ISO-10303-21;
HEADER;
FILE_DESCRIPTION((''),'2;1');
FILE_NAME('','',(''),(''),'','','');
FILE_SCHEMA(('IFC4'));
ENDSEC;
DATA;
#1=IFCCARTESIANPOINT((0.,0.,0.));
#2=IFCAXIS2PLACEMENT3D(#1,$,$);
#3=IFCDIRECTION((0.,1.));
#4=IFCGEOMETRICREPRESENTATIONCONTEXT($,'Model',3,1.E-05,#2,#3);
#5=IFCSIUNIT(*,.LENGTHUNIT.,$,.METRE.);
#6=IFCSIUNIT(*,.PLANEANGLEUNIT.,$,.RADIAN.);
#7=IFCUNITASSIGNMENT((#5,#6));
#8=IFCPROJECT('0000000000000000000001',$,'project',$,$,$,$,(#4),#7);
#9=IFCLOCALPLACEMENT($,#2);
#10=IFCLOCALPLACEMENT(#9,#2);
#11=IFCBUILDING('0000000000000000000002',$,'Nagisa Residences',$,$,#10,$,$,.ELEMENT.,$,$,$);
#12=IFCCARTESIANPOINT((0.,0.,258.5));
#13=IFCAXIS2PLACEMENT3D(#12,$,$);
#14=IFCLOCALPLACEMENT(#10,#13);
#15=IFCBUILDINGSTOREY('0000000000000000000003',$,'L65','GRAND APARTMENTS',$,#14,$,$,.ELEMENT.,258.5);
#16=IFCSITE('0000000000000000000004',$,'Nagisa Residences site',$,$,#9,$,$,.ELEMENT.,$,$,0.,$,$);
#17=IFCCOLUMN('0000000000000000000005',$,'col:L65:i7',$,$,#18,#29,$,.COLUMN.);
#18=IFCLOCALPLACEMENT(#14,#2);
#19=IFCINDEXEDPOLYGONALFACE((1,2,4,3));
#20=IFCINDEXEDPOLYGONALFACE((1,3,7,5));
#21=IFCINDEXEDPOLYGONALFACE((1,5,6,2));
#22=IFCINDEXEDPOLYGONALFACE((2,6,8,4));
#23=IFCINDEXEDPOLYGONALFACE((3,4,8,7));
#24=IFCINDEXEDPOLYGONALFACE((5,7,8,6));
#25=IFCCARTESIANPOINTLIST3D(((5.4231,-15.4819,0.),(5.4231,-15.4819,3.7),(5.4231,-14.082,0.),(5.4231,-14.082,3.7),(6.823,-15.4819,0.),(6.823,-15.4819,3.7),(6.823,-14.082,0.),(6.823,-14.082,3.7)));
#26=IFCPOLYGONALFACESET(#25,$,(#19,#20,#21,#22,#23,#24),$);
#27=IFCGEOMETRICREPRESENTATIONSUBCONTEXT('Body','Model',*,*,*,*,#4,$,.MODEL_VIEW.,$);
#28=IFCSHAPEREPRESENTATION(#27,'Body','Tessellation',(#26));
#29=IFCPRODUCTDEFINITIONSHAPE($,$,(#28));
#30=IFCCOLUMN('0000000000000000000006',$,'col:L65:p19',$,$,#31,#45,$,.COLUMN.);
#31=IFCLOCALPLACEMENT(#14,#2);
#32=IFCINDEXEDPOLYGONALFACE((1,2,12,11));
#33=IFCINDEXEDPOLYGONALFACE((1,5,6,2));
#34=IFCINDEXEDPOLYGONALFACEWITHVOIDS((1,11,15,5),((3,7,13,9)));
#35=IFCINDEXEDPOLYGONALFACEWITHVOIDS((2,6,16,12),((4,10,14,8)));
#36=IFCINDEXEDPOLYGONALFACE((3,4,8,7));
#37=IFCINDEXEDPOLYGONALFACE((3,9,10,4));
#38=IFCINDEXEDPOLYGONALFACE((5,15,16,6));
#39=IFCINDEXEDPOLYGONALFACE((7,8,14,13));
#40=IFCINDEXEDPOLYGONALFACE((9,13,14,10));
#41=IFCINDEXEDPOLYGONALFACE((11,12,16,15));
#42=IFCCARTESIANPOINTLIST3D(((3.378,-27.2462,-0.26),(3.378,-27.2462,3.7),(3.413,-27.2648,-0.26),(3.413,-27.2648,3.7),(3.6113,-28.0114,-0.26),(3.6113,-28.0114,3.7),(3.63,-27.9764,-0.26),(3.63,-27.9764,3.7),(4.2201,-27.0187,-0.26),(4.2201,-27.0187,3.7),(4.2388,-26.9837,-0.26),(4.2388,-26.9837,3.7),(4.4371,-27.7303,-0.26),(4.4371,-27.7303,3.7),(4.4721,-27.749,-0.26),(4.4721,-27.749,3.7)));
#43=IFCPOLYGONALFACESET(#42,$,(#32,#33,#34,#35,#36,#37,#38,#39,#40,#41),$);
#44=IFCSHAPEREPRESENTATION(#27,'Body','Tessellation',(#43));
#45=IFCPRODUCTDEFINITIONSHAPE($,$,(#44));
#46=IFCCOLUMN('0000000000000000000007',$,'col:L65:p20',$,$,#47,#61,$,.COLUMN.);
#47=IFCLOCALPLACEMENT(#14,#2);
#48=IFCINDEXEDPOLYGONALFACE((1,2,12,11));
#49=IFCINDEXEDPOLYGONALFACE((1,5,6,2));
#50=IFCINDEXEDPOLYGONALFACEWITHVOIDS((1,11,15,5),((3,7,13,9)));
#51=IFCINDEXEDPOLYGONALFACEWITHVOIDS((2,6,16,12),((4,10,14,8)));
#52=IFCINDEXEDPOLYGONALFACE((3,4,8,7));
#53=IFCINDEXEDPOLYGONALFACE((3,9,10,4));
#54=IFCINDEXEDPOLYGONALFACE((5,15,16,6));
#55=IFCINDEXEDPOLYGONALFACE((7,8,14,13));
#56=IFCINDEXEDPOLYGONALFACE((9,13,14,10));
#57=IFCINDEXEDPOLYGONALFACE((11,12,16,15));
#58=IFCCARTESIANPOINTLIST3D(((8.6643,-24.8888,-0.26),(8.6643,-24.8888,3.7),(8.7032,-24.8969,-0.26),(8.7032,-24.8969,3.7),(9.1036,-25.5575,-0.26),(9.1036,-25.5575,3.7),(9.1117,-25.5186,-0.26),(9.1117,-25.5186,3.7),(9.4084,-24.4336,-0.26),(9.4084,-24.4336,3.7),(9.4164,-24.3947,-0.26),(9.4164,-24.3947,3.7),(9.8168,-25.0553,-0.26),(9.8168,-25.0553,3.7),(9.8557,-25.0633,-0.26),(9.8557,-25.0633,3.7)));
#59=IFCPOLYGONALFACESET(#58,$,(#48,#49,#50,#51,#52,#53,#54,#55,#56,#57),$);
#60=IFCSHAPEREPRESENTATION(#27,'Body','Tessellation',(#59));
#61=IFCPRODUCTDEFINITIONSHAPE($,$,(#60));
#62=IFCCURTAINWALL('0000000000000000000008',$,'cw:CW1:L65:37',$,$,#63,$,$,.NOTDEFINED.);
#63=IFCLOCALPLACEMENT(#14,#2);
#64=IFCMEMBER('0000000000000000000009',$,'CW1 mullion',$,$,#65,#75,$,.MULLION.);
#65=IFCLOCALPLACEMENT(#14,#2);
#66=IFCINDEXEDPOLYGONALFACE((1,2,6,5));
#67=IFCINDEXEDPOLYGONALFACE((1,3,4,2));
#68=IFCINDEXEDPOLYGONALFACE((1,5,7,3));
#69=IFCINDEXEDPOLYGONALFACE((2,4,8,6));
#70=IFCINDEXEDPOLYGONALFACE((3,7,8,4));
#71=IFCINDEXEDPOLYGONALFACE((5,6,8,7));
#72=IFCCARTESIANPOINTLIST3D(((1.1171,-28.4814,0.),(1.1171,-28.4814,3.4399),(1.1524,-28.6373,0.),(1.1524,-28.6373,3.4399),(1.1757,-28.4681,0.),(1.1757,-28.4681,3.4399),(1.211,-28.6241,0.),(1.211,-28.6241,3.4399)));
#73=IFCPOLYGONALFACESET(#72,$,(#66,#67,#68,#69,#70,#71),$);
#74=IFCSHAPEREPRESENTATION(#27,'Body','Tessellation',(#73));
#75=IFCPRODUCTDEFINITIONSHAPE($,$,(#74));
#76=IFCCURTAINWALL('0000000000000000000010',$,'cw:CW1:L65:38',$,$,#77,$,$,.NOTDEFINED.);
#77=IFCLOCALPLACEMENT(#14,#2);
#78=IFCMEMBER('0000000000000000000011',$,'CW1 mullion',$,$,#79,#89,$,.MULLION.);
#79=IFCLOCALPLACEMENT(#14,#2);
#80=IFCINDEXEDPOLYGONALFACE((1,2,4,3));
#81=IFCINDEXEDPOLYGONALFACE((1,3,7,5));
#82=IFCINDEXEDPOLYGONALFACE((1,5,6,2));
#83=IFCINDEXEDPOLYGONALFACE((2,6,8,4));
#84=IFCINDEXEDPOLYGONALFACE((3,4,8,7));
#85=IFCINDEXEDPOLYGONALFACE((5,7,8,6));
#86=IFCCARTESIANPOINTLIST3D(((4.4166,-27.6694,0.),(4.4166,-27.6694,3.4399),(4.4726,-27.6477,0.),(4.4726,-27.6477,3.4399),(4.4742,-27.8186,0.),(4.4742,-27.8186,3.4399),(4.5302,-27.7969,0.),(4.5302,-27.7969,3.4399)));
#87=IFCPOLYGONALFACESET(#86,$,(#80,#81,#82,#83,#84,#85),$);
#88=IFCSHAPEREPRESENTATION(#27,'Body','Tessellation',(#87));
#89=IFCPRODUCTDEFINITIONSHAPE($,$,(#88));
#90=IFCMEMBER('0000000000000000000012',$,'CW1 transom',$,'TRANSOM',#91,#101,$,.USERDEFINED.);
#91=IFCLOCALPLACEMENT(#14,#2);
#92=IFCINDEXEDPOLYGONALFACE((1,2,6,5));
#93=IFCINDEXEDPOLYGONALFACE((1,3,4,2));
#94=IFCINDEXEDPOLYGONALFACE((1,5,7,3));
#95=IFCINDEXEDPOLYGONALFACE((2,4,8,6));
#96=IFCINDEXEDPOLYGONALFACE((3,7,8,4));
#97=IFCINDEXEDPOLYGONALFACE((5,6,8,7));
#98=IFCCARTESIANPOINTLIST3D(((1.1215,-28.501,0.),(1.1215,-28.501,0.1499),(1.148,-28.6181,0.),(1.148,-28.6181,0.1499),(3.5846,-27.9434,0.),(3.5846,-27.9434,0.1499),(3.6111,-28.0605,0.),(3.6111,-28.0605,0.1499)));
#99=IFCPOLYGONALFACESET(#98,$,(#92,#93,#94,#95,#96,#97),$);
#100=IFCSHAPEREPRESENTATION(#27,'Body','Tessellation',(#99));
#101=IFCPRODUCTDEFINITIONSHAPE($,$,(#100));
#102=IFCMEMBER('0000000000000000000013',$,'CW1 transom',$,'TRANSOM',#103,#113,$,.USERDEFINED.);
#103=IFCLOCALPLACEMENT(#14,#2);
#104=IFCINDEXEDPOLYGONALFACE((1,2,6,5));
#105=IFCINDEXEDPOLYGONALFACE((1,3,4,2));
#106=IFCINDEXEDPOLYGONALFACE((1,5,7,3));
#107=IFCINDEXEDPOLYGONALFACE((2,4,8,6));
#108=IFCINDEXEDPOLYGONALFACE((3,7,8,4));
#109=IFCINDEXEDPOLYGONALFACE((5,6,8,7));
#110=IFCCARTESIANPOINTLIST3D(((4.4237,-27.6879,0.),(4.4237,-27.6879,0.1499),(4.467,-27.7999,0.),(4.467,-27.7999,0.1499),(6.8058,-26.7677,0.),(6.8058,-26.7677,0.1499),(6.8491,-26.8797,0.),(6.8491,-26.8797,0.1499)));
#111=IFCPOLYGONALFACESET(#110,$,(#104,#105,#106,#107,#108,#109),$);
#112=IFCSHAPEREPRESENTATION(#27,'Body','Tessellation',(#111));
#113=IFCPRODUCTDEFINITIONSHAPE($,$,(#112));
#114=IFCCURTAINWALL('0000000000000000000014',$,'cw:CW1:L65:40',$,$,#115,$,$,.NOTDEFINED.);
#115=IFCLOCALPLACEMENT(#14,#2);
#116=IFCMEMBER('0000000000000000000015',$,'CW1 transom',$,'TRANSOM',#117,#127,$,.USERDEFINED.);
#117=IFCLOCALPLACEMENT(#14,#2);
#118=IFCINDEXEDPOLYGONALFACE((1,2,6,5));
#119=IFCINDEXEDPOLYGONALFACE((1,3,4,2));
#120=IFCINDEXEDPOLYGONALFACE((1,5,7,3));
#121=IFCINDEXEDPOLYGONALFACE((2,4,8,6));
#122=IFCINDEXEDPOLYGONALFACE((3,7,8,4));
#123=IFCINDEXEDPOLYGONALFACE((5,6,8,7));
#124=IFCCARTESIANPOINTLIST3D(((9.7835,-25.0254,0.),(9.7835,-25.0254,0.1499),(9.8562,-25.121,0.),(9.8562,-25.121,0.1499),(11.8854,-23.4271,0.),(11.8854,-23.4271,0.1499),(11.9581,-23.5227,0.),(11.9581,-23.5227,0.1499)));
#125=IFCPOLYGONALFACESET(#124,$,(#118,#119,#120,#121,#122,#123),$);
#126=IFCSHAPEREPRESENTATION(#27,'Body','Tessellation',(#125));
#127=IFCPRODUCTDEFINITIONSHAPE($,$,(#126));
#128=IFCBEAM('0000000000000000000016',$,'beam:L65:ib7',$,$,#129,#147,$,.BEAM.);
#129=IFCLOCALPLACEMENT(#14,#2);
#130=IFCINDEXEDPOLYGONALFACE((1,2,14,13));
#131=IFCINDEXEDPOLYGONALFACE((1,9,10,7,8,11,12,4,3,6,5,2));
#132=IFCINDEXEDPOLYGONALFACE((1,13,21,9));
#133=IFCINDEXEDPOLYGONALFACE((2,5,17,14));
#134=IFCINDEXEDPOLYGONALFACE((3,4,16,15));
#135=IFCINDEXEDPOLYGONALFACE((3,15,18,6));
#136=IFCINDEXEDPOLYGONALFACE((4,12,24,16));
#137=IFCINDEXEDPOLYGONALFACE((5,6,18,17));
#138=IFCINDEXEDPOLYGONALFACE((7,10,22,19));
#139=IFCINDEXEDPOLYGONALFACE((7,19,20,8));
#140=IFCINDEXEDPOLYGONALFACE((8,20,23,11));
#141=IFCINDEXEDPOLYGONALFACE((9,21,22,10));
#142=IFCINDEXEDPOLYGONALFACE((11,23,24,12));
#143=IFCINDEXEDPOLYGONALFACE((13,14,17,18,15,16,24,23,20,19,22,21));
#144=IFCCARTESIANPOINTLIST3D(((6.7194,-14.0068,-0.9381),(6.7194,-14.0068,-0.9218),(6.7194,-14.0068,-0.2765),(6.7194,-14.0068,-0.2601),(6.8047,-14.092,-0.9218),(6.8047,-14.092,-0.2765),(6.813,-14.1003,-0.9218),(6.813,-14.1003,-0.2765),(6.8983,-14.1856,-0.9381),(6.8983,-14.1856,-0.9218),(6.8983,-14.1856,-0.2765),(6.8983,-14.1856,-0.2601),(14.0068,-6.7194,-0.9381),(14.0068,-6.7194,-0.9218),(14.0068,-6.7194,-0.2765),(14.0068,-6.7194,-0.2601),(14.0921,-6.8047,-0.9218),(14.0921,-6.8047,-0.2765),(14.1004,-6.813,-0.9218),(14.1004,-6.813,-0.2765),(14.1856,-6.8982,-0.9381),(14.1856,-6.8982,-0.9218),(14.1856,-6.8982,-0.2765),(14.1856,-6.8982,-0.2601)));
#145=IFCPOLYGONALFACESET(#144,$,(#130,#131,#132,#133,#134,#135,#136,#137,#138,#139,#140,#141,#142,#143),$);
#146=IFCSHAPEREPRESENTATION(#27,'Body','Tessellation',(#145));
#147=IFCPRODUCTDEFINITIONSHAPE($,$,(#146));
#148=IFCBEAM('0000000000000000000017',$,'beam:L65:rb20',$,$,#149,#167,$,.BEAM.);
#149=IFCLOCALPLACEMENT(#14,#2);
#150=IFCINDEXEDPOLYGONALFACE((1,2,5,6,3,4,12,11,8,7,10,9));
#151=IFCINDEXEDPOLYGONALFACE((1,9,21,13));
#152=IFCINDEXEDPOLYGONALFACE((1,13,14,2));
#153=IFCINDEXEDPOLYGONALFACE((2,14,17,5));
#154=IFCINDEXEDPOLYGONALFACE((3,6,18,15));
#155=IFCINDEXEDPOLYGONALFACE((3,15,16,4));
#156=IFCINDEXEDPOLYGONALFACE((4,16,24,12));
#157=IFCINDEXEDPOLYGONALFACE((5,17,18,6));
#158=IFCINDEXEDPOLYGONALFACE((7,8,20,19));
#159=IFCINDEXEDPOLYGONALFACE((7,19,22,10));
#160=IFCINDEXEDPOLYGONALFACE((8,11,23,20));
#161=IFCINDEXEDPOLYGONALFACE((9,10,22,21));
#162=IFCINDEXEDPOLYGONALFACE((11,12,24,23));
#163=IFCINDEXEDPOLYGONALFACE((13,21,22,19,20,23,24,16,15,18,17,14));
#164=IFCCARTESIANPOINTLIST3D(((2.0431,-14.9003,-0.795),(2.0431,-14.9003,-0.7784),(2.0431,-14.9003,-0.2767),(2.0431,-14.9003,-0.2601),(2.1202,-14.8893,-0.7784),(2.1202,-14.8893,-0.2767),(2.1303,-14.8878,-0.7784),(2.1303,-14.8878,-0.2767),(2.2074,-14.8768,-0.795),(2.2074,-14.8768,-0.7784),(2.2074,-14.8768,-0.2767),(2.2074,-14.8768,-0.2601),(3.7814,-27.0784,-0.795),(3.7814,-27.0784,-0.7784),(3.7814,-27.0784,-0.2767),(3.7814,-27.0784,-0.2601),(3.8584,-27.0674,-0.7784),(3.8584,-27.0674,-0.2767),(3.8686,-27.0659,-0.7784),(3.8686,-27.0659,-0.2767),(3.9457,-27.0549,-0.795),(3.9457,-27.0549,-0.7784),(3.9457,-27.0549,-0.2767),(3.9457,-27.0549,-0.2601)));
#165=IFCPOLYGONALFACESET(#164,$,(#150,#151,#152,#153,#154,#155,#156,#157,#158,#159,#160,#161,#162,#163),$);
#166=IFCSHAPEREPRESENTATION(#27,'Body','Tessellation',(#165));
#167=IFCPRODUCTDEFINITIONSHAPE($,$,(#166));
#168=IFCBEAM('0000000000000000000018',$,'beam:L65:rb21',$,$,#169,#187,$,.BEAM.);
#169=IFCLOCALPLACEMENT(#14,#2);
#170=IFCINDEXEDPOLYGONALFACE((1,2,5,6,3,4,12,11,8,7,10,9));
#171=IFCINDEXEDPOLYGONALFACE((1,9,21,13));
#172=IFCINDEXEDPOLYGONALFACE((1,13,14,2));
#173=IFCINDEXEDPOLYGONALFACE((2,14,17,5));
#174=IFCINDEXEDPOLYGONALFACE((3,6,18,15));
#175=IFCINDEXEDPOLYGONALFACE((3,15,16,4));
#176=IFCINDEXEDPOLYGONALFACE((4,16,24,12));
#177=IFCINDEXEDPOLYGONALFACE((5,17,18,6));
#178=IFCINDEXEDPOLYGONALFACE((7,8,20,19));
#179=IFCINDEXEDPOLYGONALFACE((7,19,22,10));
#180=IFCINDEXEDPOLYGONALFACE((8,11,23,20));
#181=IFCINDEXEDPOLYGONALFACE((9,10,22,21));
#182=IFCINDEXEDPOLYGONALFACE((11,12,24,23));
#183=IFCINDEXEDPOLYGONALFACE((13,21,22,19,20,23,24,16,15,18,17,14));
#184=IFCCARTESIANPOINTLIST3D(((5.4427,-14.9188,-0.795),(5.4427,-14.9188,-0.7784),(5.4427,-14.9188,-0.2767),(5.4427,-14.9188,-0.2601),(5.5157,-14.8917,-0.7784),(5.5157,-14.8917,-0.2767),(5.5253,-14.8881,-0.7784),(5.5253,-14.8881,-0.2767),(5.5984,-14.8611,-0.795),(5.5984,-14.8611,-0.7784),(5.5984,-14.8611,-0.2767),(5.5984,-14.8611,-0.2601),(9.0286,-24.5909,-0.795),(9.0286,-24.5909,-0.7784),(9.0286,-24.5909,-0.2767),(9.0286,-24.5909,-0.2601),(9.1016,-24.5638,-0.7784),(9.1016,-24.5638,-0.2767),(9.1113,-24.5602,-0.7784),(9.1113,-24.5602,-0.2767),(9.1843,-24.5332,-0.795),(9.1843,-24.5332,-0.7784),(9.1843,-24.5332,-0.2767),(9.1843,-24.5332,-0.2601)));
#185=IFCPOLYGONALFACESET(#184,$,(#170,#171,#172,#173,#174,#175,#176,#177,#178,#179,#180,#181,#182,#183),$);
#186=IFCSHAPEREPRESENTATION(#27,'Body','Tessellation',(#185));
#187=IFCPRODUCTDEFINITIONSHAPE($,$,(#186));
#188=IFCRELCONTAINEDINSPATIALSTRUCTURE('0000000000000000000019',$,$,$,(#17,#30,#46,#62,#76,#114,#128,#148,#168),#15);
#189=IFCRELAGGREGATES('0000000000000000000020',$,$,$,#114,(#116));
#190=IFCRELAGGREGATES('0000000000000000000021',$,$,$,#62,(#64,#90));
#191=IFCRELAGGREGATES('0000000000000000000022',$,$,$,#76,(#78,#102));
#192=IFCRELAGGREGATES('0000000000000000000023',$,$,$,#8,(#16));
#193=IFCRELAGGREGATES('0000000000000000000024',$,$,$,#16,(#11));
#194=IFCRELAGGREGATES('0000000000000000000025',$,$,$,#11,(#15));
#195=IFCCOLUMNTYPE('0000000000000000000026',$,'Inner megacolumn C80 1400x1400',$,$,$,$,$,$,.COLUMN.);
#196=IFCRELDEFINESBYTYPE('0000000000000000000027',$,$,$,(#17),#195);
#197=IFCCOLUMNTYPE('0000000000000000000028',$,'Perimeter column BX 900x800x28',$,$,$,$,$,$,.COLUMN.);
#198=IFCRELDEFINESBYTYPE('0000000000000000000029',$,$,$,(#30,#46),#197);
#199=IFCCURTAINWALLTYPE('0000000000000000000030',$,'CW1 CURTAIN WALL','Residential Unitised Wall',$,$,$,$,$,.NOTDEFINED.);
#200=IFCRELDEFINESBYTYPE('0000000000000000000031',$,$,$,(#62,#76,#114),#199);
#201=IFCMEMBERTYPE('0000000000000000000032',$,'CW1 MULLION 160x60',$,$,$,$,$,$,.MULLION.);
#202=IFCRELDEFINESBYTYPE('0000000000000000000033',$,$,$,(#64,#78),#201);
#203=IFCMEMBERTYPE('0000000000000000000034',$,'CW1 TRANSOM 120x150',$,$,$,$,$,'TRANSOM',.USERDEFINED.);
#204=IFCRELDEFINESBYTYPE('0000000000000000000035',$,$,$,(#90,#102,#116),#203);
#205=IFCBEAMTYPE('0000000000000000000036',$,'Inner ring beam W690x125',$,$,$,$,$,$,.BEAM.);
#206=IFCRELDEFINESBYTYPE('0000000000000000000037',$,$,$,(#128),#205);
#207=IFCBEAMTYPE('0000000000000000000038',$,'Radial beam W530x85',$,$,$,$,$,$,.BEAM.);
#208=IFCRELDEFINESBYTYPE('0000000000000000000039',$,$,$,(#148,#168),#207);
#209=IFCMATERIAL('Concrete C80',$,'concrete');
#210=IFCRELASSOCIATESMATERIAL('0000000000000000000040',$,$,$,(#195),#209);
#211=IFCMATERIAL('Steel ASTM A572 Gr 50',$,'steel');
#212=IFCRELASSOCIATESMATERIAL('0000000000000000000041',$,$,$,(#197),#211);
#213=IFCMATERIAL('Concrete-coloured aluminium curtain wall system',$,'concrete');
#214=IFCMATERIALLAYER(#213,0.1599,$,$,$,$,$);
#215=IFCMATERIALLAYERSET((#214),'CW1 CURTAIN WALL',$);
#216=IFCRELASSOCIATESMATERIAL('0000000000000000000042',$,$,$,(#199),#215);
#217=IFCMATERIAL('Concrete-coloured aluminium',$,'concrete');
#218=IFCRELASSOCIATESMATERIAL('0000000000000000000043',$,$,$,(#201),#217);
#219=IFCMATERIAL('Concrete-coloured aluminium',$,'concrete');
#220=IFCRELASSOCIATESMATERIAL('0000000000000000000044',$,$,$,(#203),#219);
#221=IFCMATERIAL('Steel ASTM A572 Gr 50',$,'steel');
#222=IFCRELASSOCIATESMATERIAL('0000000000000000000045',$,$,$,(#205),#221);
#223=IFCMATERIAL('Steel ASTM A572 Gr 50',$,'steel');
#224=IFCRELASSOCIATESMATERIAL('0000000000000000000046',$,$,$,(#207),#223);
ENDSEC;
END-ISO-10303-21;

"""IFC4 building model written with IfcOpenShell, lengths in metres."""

from ifc_helpers import new_model, si_unit, direction, frame, origin, origin_2d, place, context, subcontext, project, spatial, rectangle, hollow_rectangle, i_section, extrude, material, layer, layer_set, material_profile, profile_set, type_object, element, aggregate, save


model = new_model("IFC4")

# Units and contexts
model_context = context("Model", 3, precision=1e-05, world=origin(), true_north=direction((0.0, 1.0)))
body_context = subcontext(model_context, "Body", "Model", "MODEL_VIEW")
ifc_project = project(units=[si_unit("LENGTHUNIT", "METRE"), si_unit("PLANEANGLEUNIT", "RADIAN")], contexts=[model_context])

# Site, building, storey
site_placement = place(None, origin())
site = spatial("IfcSite", under=ifc_project, at=site_placement, Name="Nagisa Residences site", CompositionType="ELEMENT", RefElevation=0.0)
building_placement = place(site_placement, origin())
building = spatial("IfcBuilding", under=site, at=building_placement, Name="Nagisa Residences", CompositionType="ELEMENT")
storey_placement = place(building_placement, frame((0.0, 0.0, 258.5)))
storey = spatial("IfcBuildingStorey", under=building, at=storey_placement, Name="L65", Description="GRAND APARTMENTS", CompositionType="ELEMENT", Elevation=258.5)

# Columns
ifc_material_1 = material(Name="Concrete C80", Category="concrete")
ifc_material_profile_1 = material_profile(ifc_material_1, rectangle(XDim=1.3999, YDim=1.3999, at=origin_2d()), Name="C80 1400x1400")
ifc_profile_set_1 = profile_set([ifc_material_profile_1], Name="Concrete C80")
column_type_1 = type_object("IfcColumnType", Name="Inner megacolumn C80 1400x1400", PredefinedType="COLUMN", material=ifc_profile_set_1)
column_placement = place(storey_placement, frame((6.123, -14.782, 0.0), z_axis=(0.0, 0.0, 1.0), x_axis=(1.0, 0.0, 0.0)))
element("IfcColumn", 1, at=column_placement, inside=storey, type_object=column_type_1, Name="col:L65:i7", PredefinedType="COLUMN", context=body_context, shape_type="SweptSolid", body=[
    extrude(rectangle(XDim=1.3999, YDim=1.3999, at=origin_2d()), origin(), (0.0, 0.0, 1.0), 3.7),
])
ifc_material_2 = material(Name="Steel ASTM A572 Gr 50", Category="steel")
ifc_material_profile_2 = material_profile(ifc_material_2, hollow_rectangle(XDim=0.8999, YDim=0.8, WallThickness=0.0281, at=origin_2d()), Name="BX 900x800x28")
ifc_profile_set_2 = profile_set([ifc_material_profile_2], Name="Steel ASTM A572 Gr 50")
column_type_2 = type_object("IfcColumnType", Name="Perimeter column BX 900x800x28", PredefinedType="COLUMN", material=ifc_profile_set_2)
for number, where, z_axis, x_axis, name in (
    (2, (3.925, -27.4976, -0.26), (0.0, 0.0, 1.0), (0.956525, 0.291652, 0.0), "col:L65:p19"),
    (3, (9.26, -24.9761, -0.26), (0.0, 0.0, 1.0), (0.835766, 0.549086, 0.0), "col:L65:p20"),
):
    element("IfcColumn", number, at=place(storey_placement, frame(where, z_axis=z_axis, x_axis=x_axis)), inside=storey, type_object=column_type_2, Name=name, PredefinedType="COLUMN", context=body_context, shape_type="SweptSolid", body=[
        extrude(hollow_rectangle(XDim=0.8999, YDim=0.8, WallThickness=0.0281, at=origin_2d()), origin(), (0.0, 0.0, 1.0), 3.96),
    ])

# Curtain walls, members
ifc_material_3 = material(Name="Concrete-coloured aluminium curtain wall system", Category="concrete")
ifc_layer_1 = layer(ifc_material_3, 0.1599)
ifc_layer_set_1 = layer_set([ifc_layer_1], Name="CW1 CURTAIN WALL")
curtain_wall_type = type_object("IfcCurtainWallType", Name="CW1 CURTAIN WALL", Description="Residential Unitised Wall", PredefinedType="NOTDEFINED", material=ifc_layer_set_1)
curtain_wall_1_placement = place(storey_placement, origin())
curtain_wall_1 = element("IfcCurtainWall", 4, at=curtain_wall_1_placement, inside=storey, type_object=curtain_wall_type, Name="cw:CW1:L65:37", PredefinedType="NOTDEFINED")
ifc_material_4 = material(Name="Concrete-coloured aluminium", Category="concrete")
ifc_material_profile_3 = material_profile(ifc_material_4, rectangle(XDim=0.1599, YDim=0.0601, at=origin_2d()), Name="CW1 MULLION 160x60")
ifc_profile_set_3 = profile_set([ifc_material_profile_3], Name="Concrete-coloured aluminium")
member_type_1 = type_object("IfcMemberType", Name="CW1 MULLION 160x60", PredefinedType="MULLION", material=ifc_profile_set_3)
member_1_placement = place(storey_placement, frame((1.1641, -28.5527, 0.0), z_axis=(0.0, 0.0, 1.0), x_axis=(-0.220764, 0.975327, 0.0)))
member_1 = element("IfcMember", 5, at=member_1_placement, type_object=member_type_1, Name="CW1 mullion", PredefinedType="MULLION", context=body_context, shape_type="SweptSolid", body=[
    extrude(rectangle(XDim=0.1599, YDim=0.0601, at=origin_2d()), origin(), (0.0, 0.0, 1.0), 3.4399),
])
curtain_wall_2_placement = place(storey_placement, origin())
curtain_wall_2 = element("IfcCurtainWall", 6, at=curtain_wall_2_placement, inside=storey, type_object=curtain_wall_type, Name="cw:CW1:L65:38", PredefinedType="NOTDEFINED")
member_2_placement = place(storey_placement, frame((4.4734, -27.7332, 0.0), z_axis=(0.0, 0.0, 1.0), x_axis=(-0.360328, 0.932826, 0.0)))
member_2 = element("IfcMember", 7, at=member_2_placement, type_object=member_type_1, Name="CW1 mullion", PredefinedType="MULLION", context=body_context, shape_type="SweptSolid", body=[
    extrude(rectangle(XDim=0.1599, YDim=0.0601, at=origin_2d()), origin(), (0.0, 0.0, 1.0), 3.4399),
])

# Members
ifc_material_5 = material(Name="Concrete-coloured aluminium", Category="concrete")
ifc_material_profile_4 = material_profile(ifc_material_5, rectangle(XDim=0.1201, YDim=0.1499, at=origin_2d()), Name="CW1 TRANSOM 120x150")
ifc_profile_set_4 = profile_set([ifc_material_profile_4], Name="Concrete-coloured aluminium")
member_type_2 = type_object("IfcMemberType", Name="CW1 TRANSOM 120x150", ElementType="TRANSOM", PredefinedType="USERDEFINED", material=ifc_profile_set_4)
member_3_placement = place(storey_placement, frame((1.1348, -28.5596, 0.075), z_axis=(0.97532, 0.220798, 0.0), x_axis=(-0.220798, 0.97532, 0.0)))
member_3 = element("IfcMember", 8, at=member_3_placement, type_object=member_type_2, Name="CW1 transom", ObjectType="TRANSOM", PredefinedType="USERDEFINED", context=body_context, shape_type="SweptSolid", body=[
    extrude(rectangle(XDim=0.1201, YDim=0.1499, at=origin_2d()), origin(), (0.0, 0.0, 1.0), 2.5254),
])
member_4_placement = place(storey_placement, frame((4.4453, -27.7439, 0.075), z_axis=(0.932822, 0.360337, 0.0), x_axis=(-0.360337, 0.932822, 0.0)))
member_4 = element("IfcMember", 9, at=member_4_placement, type_object=member_type_2, Name="CW1 transom", ObjectType="TRANSOM", PredefinedType="USERDEFINED", context=body_context, shape_type="SweptSolid", body=[
    extrude(rectangle(XDim=0.1201, YDim=0.1499, at=origin_2d()), origin(), (0.0, 0.0, 1.0), 2.5537),
])

# Curtain wall, member
curtain_wall_3_placement = place(storey_placement, origin())
curtain_wall_3 = element("IfcCurtainWall", 10, at=curtain_wall_3_placement, inside=storey, type_object=curtain_wall_type, Name="cw:CW1:L65:40", PredefinedType="NOTDEFINED")
member_5_placement = place(storey_placement, frame((9.8198, -25.0732, 0.075), z_axis=(0.796011, 0.605282, 0.0), x_axis=(-0.605282, 0.796011, 0.0)))
member_5 = element("IfcMember", 11, at=member_5_placement, type_object=member_type_2, Name="CW1 transom", ObjectType="TRANSOM", PredefinedType="USERDEFINED", context=body_context, shape_type="SweptSolid", body=[
    extrude(rectangle(XDim=0.1201, YDim=0.1499, at=origin_2d()), origin(), (0.0, 0.0, 1.0), 2.6406),
])
aggregate(curtain_wall_3, [member_5])

# Beams
ifc_material_6 = material(Name="Steel ASTM A572 Gr 50", Category="steel")
ifc_material_profile_5 = material_profile(ifc_material_6, i_section(OverallWidth=0.2529, OverallDepth=0.678, WebThickness=0.0117, FlangeThickness=0.0164, at=origin_2d()), Name="W690x125")
ifc_profile_set_5 = profile_set([ifc_material_profile_5], Name="Steel ASTM A572 Gr 50")
beam_type_1 = type_object("IfcBeamType", Name="Inner ring beam W690x125", PredefinedType="BEAM", material=ifc_profile_set_5)
beam_1_placement = place(storey_placement, frame((6.8088, -14.0962, -0.5991), z_axis=(0.707107, 0.707107, 0.0), x_axis=(-0.707107, 0.707107, 0.0)))
element("IfcBeam", 12, at=beam_1_placement, inside=storey, type_object=beam_type_1, Name="beam:L65:ib7", PredefinedType="BEAM", context=body_context, shape_type="SweptSolid", body=[
    extrude(i_section(OverallWidth=0.2529, OverallDepth=0.678, WebThickness=0.0117, FlangeThickness=0.0164, at=origin_2d()), origin(), (0.0, 0.0, 1.0), 10.3059),
])
ifc_material_7 = material(Name="Steel ASTM A572 Gr 50", Category="steel")
ifc_material_profile_6 = material_profile(ifc_material_7, i_section(OverallWidth=0.166, OverallDepth=0.5349, WebThickness=0.0103, FlangeThickness=0.0166, at=origin_2d()), Name="W530x85")
ifc_profile_set_6 = profile_set([ifc_material_profile_6], Name="Steel ASTM A572 Gr 50")
beam_type_2 = type_object("IfcBeamType", Name="Radial beam W530x85", PredefinedType="BEAM", material=ifc_profile_set_6)
beam_2_placement = place(storey_placement, frame((3.8635, -27.0667, -0.5276), z_axis=(-0.141307, 0.989966, 0.0), x_axis=(-0.989966, -0.141307, 0.0)))
element("IfcBeam", 13, at=beam_2_placement, inside=storey, type_object=beam_type_2, Name="beam:L65:rb20", PredefinedType="BEAM", context=body_context, shape_type="SweptSolid", body=[
    extrude(i_section(OverallWidth=0.166, OverallDepth=0.5349, WebThickness=0.0103, FlangeThickness=0.0166, at=origin_2d()), origin(), (0.0, 0.0, 1.0), 12.3015),
])
beam_3_placement = place(storey_placement, frame((9.1064, -24.562, -0.5276), z_axis=(-0.347627, 0.937633, 0.0), x_axis=(-0.937633, -0.347627, 0.0)))
element("IfcBeam", 14, at=beam_3_placement, inside=storey, type_object=beam_type_2, Name="beam:L65:rb21", PredefinedType="BEAM", context=body_context, shape_type="SweptSolid", body=[
    extrude(i_section(OverallWidth=0.166, OverallDepth=0.5349, WebThickness=0.0103, FlangeThickness=0.0166, at=origin_2d()), origin(), (0.0, 0.0, 1.0), 10.3154),
])

aggregate(curtain_wall_1, [member_1, member_3])
aggregate(curtain_wall_2, [member_2, member_4])

save(model, "model.ifc")
